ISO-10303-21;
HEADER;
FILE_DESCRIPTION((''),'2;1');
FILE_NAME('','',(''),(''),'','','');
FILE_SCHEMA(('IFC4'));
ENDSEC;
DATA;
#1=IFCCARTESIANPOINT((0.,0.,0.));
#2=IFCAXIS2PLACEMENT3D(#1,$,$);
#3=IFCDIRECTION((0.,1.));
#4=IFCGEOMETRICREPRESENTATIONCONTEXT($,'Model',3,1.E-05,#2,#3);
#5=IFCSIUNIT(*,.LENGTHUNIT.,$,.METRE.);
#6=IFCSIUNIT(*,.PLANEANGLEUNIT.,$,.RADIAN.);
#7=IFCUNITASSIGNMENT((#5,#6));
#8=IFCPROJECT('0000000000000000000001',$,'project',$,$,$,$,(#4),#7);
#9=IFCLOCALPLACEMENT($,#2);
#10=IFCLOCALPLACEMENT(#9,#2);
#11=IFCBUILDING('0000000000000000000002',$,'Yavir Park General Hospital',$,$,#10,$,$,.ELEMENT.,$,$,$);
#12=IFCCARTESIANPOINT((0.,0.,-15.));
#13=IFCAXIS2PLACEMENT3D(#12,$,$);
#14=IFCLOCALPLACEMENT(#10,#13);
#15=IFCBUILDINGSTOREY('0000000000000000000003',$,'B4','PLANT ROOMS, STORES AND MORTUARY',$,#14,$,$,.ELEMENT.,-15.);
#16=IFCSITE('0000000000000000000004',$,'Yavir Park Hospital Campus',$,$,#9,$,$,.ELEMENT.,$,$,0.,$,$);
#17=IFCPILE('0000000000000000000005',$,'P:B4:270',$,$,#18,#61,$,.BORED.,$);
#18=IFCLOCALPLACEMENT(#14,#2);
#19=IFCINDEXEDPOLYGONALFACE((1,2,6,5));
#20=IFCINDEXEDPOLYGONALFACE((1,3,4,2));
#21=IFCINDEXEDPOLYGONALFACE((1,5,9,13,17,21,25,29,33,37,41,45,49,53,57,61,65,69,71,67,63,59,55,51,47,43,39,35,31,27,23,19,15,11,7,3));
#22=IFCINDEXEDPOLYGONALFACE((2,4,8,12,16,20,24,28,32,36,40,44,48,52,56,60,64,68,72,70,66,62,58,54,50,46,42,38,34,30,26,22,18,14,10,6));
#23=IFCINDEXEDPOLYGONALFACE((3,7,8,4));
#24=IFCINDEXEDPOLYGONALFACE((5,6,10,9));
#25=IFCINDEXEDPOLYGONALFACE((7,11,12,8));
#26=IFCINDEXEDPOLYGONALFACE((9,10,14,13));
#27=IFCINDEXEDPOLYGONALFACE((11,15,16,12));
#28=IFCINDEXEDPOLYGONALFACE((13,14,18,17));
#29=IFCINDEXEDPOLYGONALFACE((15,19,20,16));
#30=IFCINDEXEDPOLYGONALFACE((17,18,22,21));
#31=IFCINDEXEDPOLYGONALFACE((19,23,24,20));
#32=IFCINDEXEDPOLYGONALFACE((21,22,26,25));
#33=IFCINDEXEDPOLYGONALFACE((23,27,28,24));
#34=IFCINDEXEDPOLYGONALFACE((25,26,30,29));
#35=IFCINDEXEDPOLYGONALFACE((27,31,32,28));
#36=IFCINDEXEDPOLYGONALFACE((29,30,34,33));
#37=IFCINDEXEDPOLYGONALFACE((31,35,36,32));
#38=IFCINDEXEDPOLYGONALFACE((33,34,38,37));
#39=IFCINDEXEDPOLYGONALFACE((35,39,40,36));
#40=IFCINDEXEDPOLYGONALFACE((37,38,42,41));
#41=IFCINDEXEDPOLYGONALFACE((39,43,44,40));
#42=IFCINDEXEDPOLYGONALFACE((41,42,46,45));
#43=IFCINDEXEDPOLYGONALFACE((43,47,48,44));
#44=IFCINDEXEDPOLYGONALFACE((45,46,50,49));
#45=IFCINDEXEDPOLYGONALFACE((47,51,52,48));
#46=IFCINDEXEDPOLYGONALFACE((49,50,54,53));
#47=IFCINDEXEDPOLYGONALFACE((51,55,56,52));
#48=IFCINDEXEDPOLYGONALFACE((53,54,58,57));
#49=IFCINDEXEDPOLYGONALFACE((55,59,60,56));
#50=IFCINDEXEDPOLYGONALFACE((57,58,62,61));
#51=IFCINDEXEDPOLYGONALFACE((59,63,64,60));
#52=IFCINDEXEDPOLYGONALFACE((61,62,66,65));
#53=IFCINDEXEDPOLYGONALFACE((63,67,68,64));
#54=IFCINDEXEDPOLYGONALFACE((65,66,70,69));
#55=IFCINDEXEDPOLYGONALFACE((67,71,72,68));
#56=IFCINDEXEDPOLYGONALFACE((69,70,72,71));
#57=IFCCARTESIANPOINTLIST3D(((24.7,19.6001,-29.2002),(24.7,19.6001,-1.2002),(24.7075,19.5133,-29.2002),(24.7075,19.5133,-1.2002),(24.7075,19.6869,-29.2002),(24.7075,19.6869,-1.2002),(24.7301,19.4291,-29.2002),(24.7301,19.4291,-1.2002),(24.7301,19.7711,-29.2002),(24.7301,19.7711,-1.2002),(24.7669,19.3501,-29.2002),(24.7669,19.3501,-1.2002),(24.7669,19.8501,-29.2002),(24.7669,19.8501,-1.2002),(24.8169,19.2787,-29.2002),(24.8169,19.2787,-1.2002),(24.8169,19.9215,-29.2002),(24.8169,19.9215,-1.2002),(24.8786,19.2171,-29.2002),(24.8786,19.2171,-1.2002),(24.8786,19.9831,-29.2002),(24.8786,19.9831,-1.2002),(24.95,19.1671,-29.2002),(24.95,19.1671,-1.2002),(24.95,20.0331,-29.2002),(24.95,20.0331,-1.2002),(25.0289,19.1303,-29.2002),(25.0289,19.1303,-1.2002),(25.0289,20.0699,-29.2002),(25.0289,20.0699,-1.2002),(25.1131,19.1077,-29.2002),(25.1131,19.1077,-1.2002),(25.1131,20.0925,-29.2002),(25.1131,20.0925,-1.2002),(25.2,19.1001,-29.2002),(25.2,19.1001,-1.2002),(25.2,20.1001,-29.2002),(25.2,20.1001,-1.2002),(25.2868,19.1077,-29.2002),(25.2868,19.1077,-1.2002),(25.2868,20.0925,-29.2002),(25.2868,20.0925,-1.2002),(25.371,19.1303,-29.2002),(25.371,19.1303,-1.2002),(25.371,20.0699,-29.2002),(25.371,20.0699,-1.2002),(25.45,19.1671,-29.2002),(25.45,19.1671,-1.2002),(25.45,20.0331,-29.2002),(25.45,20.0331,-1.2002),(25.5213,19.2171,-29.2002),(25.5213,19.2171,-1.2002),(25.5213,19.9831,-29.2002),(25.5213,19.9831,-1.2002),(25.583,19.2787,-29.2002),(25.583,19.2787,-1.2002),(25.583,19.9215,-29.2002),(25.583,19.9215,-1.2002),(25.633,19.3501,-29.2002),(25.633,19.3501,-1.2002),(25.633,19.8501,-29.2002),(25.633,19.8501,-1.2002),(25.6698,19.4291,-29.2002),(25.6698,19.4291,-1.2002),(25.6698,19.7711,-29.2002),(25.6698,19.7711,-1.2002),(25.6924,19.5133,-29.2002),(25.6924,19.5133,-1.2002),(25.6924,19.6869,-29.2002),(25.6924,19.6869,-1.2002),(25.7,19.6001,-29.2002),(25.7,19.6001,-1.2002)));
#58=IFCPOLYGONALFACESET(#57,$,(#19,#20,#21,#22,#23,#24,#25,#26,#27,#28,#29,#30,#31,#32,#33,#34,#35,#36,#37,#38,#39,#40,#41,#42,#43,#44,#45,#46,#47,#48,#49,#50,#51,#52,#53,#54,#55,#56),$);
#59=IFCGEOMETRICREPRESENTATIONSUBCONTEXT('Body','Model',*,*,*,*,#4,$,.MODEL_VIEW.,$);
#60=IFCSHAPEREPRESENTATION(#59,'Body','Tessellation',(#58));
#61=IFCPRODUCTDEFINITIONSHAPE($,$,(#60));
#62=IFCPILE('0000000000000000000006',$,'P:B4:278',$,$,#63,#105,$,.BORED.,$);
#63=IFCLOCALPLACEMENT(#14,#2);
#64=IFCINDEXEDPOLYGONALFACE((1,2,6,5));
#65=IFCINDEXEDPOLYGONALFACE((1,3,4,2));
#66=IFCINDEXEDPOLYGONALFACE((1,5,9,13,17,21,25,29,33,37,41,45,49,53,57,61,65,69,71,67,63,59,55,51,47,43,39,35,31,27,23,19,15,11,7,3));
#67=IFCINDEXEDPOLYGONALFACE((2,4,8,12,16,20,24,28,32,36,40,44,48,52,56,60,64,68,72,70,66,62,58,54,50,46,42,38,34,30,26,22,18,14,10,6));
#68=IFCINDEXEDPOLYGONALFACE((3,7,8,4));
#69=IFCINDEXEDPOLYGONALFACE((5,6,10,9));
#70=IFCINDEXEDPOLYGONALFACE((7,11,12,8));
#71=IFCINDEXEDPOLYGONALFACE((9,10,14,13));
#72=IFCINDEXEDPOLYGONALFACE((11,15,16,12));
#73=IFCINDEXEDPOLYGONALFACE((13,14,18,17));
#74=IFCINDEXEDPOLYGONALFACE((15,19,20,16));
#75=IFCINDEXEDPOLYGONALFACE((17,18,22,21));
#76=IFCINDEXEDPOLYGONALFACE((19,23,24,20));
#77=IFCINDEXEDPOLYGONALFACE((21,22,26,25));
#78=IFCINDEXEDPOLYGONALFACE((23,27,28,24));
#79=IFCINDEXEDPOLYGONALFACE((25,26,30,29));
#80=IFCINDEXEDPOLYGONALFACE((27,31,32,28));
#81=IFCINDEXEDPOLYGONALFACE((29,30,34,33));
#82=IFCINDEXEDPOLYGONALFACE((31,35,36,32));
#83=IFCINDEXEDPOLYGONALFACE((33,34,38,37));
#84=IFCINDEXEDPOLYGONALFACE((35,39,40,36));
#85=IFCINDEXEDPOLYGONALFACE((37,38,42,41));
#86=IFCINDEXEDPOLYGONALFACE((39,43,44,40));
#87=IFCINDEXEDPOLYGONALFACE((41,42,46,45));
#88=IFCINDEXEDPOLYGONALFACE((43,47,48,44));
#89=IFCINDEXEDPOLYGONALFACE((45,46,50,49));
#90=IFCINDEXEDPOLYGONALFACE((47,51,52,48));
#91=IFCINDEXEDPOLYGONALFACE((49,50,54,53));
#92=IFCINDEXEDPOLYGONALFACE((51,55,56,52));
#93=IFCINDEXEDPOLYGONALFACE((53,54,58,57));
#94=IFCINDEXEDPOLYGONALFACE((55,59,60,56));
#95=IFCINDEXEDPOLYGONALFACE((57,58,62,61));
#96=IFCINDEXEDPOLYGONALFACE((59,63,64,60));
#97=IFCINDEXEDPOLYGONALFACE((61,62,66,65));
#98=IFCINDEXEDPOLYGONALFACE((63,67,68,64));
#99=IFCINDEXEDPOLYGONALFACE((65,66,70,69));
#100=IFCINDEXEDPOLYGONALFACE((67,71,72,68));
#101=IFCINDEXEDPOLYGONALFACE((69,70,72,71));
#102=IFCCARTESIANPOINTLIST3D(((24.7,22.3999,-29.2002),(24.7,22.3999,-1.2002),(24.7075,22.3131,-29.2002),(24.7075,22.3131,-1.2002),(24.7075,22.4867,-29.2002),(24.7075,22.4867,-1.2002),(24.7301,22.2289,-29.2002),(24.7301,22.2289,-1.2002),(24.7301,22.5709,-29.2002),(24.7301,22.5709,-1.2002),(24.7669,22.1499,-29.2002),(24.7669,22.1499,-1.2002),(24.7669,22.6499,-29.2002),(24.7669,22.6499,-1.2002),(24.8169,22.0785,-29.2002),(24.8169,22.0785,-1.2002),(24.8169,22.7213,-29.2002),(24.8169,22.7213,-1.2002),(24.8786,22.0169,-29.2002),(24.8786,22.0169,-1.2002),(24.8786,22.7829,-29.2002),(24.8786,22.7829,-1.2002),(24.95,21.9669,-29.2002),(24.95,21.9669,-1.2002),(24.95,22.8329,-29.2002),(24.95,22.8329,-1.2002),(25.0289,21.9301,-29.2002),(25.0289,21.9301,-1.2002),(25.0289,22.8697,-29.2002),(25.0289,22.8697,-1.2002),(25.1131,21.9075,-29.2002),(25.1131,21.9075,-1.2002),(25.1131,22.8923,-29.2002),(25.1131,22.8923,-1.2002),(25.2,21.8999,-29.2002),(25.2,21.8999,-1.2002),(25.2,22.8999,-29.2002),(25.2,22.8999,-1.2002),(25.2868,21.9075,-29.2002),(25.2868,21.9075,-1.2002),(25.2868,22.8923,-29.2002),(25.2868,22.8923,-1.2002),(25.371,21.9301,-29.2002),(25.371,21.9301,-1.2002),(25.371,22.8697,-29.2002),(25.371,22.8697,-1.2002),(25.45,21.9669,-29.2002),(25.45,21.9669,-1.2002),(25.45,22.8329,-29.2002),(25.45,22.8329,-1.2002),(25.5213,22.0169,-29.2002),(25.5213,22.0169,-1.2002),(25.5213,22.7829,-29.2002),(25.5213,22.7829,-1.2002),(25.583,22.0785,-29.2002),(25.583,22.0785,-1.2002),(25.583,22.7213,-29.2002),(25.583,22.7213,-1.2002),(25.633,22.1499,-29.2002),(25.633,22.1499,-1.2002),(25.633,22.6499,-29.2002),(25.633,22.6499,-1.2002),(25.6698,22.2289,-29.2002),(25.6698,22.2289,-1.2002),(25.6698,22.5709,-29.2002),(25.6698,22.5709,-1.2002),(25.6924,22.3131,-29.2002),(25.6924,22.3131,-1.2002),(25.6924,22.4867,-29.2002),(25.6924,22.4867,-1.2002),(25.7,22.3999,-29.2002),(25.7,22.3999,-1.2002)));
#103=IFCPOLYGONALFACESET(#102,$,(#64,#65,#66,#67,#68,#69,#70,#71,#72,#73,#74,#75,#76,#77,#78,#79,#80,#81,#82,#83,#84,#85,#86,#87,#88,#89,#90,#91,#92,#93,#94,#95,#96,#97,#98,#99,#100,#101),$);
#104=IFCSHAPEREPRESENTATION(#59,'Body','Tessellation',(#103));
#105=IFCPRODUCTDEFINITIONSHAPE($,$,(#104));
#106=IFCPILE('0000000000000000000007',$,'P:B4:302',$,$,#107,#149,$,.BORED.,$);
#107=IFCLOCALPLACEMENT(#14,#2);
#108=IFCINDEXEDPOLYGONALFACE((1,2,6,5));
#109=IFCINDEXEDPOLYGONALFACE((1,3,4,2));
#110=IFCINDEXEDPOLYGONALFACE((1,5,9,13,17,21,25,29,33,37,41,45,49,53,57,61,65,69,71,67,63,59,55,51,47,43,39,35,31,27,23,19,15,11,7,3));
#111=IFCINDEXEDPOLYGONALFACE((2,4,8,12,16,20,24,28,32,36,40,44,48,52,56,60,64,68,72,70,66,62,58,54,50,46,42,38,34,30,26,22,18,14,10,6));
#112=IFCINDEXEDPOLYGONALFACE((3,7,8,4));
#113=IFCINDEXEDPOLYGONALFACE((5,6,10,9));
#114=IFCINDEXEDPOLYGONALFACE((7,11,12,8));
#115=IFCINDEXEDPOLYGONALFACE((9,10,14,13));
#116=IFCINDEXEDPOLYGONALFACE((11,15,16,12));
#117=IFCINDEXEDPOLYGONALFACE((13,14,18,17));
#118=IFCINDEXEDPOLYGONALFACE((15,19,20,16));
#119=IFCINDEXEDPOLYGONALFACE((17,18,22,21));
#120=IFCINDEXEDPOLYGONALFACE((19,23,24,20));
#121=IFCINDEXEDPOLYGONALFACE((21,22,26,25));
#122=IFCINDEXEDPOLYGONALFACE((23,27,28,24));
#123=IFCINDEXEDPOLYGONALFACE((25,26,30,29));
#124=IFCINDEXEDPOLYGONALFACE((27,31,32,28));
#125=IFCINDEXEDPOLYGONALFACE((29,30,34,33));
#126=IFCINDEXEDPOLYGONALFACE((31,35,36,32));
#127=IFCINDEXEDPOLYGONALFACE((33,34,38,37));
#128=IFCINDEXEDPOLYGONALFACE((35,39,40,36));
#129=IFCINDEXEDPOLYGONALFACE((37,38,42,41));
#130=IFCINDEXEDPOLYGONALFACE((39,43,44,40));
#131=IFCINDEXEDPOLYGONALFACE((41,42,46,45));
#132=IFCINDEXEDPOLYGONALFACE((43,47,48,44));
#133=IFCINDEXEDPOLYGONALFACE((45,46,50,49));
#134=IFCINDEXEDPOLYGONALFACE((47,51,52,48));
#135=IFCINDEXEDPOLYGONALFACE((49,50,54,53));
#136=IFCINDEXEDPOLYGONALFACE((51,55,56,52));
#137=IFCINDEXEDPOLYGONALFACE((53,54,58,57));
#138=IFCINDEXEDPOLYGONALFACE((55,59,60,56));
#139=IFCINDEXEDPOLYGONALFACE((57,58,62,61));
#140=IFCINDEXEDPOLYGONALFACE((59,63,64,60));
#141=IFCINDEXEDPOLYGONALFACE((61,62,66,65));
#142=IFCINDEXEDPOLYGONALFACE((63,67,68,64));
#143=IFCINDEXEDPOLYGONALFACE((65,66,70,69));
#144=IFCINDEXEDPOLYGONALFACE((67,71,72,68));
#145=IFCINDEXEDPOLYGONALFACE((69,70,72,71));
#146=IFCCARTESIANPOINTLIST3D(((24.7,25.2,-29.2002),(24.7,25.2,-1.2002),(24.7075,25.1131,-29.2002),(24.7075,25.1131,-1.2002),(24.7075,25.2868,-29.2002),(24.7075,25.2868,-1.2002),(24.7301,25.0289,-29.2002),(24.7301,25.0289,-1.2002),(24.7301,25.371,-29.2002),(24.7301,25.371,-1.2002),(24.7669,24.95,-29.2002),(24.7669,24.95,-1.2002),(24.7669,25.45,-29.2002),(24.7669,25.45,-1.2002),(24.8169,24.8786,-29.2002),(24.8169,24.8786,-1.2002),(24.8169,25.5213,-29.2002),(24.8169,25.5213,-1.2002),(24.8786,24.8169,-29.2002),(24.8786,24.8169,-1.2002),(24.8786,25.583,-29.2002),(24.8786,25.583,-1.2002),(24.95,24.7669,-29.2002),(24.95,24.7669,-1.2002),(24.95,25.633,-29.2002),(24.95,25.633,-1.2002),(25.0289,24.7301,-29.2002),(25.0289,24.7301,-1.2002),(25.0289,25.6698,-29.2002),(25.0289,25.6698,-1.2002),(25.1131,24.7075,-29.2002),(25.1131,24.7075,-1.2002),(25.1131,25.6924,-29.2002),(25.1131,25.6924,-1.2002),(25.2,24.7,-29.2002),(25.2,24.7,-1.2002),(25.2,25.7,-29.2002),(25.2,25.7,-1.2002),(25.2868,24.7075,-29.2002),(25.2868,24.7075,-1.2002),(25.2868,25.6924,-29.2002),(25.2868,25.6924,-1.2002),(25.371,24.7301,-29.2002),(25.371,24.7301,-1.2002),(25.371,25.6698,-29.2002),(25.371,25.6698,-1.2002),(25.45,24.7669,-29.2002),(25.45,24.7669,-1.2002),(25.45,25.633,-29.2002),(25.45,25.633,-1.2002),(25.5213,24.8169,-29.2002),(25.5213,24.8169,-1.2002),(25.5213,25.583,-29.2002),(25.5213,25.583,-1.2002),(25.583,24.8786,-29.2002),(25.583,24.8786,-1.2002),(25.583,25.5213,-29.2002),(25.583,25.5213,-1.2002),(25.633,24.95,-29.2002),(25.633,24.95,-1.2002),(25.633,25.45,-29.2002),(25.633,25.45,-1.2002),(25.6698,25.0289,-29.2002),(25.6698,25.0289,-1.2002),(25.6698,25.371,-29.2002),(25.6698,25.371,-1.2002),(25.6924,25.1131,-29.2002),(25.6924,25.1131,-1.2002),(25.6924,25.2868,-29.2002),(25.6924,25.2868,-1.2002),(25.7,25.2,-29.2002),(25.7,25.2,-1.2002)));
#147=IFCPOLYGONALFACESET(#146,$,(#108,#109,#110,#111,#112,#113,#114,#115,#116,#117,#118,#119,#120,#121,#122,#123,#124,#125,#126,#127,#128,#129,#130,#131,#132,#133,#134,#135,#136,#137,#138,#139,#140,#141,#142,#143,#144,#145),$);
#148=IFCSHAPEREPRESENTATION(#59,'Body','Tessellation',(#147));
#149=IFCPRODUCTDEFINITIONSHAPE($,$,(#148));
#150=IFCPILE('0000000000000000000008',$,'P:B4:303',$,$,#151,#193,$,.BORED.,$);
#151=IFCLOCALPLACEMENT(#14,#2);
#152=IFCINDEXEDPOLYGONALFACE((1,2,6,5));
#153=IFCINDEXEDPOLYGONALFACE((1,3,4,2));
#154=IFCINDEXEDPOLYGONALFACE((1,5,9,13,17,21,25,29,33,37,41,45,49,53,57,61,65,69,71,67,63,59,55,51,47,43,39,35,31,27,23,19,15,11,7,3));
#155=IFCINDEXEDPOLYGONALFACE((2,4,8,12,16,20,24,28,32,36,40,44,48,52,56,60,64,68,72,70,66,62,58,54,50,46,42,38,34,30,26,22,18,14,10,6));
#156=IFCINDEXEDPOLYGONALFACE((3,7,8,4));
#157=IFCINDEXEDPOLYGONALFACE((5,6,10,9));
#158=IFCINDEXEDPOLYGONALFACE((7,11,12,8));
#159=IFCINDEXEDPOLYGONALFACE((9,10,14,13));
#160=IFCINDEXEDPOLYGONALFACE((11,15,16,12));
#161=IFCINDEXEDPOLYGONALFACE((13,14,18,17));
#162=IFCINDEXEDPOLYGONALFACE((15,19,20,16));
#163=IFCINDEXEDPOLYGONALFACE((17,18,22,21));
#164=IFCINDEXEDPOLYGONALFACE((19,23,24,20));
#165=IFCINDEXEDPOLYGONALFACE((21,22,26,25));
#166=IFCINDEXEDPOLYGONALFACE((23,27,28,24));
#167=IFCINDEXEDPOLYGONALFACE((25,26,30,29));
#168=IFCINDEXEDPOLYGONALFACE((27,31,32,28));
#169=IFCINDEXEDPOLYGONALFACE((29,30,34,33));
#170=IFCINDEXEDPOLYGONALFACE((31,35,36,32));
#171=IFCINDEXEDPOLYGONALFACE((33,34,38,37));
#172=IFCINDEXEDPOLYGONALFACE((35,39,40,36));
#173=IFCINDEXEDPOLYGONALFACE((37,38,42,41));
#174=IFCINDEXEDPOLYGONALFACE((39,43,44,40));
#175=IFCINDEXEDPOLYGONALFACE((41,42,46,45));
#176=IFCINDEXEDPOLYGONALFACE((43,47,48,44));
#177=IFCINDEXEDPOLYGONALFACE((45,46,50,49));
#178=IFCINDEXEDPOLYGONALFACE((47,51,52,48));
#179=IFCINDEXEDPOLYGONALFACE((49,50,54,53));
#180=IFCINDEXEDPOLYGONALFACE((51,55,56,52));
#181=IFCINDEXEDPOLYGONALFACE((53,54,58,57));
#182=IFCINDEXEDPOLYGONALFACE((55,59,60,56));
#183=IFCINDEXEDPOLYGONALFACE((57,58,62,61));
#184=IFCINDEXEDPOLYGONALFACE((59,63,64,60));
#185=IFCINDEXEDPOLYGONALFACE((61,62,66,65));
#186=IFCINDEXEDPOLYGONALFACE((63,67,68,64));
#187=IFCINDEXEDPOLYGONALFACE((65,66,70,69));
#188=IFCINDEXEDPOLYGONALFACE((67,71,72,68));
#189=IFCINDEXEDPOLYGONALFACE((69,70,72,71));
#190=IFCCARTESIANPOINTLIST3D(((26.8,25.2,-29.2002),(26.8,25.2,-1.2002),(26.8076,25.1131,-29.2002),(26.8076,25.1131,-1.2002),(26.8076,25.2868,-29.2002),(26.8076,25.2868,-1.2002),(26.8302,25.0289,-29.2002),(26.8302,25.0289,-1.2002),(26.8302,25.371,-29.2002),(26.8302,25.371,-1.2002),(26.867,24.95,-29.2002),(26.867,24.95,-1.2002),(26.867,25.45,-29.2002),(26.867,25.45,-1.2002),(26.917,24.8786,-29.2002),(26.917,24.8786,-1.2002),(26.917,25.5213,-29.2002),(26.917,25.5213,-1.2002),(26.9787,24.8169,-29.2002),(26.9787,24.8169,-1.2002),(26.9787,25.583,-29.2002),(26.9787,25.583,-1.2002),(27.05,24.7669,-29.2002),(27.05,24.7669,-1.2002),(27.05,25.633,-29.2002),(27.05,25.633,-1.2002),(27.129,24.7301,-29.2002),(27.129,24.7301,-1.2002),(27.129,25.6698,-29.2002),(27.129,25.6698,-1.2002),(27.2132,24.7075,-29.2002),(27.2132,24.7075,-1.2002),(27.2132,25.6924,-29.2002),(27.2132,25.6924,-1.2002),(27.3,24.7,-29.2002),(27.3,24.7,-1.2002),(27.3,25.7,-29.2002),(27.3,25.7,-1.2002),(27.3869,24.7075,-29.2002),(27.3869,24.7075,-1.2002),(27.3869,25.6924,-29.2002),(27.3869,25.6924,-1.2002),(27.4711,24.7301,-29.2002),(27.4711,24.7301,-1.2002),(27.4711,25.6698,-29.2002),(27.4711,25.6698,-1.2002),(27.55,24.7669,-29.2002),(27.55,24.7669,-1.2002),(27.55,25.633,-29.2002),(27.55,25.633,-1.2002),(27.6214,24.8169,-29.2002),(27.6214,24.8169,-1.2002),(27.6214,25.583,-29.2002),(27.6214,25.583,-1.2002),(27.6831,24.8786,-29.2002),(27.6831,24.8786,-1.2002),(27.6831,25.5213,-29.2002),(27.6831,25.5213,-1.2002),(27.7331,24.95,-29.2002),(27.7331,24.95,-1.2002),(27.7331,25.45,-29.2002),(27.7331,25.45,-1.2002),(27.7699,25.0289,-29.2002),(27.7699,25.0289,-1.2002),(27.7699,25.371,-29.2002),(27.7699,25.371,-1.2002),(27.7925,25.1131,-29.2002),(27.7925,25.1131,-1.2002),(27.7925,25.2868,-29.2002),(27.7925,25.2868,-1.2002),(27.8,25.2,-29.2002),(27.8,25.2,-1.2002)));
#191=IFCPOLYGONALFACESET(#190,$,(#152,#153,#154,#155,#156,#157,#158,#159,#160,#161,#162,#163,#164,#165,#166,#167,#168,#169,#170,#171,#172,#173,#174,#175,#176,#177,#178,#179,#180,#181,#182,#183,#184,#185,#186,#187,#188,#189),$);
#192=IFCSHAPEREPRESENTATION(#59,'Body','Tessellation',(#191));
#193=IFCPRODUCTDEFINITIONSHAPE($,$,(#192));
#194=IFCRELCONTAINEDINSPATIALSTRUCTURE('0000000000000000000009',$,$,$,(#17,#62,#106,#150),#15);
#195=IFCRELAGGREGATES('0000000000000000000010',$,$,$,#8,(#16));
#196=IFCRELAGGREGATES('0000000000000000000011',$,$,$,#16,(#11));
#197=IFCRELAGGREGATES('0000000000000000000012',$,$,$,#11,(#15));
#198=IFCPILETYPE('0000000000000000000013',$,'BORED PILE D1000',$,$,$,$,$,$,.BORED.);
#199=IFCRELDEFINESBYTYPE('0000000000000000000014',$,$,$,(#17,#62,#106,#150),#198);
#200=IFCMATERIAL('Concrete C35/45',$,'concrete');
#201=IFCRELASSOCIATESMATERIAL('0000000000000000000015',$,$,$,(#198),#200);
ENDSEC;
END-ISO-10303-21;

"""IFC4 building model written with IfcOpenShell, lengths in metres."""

from ifc_helpers import new_model, si_unit, direction, frame, origin, origin_2d, place, context, subcontext, project, spatial, circle, extrude, material, material_profile, profile_set, type_object, element, save


model = new_model("IFC4")

# Units and contexts
model_context = context("Model", 3, precision=1e-05, world=origin(), true_north=direction((0.0, 1.0)))
body_context = subcontext(model_context, "Body", "Model", "MODEL_VIEW")
ifc_project = project(units=[si_unit("LENGTHUNIT", "METRE"), si_unit("PLANEANGLEUNIT", "RADIAN")], contexts=[model_context])

# Site, building, storey
site_placement = place(None, origin())
site = spatial("IfcSite", under=ifc_project, at=site_placement, Name="Yavir Park Hospital Campus", CompositionType="ELEMENT", RefElevation=0.0)
building_placement = place(site_placement, origin())
building = spatial("IfcBuilding", under=site, at=building_placement, Name="Yavir Park General Hospital", CompositionType="ELEMENT")
storey_placement = place(building_placement, frame((0.0, 0.0, -15.0)))
storey = spatial("IfcBuildingStorey", under=building, at=storey_placement, Name="B4", Description="PLANT ROOMS, STORES AND MORTUARY", CompositionType="ELEMENT", Elevation=-15.0)

# Piles
ifc_material_1 = material(Name="Concrete C35/45", Category="concrete")
ifc_material_profile_1 = material_profile(ifc_material_1, circle(Radius=0.5, at=origin_2d()), Name="D1000")
ifc_profile_set_1 = profile_set([ifc_material_profile_1], Name="Concrete C35/45")
pile_type_1 = type_object("IfcPileType", Name="BORED PILE D1000", PredefinedType="BORED", material=ifc_profile_set_1)
for number, where, z_axis, x_axis, name in (
    (1, (25.2, 19.6001, -1.2002), (0.0, 0.0, -1.0), (1.0, 0.0, 0.0), "P:B4:270"),
    (2, (25.2, 22.3999, -1.2002), (0.0, 0.0, -1.0), (1.0, 0.0, 0.0), "P:B4:278"),
    (3, (25.2, 25.2, -1.2002), (0.0, 0.0, -1.0), (1.0, 0.0, 0.0), "P:B4:302"),
    (4, (27.3, 25.2, -1.2002), (0.0, 0.0, -1.0), (1.0, 0.0, 0.0), "P:B4:303"),
):
    element("IfcPile", number, at=place(storey_placement, frame(where, z_axis=z_axis, x_axis=x_axis)), inside=storey, type_object=pile_type_1, Name=name, PredefinedType="BORED", context=body_context, shape_type="SweptSolid", body=[
        extrude(circle(Radius=0.5, at=origin_2d()), origin(), (0.0, 0.0, 1.0), 28.0),
    ])

save(model, "model.ifc")
